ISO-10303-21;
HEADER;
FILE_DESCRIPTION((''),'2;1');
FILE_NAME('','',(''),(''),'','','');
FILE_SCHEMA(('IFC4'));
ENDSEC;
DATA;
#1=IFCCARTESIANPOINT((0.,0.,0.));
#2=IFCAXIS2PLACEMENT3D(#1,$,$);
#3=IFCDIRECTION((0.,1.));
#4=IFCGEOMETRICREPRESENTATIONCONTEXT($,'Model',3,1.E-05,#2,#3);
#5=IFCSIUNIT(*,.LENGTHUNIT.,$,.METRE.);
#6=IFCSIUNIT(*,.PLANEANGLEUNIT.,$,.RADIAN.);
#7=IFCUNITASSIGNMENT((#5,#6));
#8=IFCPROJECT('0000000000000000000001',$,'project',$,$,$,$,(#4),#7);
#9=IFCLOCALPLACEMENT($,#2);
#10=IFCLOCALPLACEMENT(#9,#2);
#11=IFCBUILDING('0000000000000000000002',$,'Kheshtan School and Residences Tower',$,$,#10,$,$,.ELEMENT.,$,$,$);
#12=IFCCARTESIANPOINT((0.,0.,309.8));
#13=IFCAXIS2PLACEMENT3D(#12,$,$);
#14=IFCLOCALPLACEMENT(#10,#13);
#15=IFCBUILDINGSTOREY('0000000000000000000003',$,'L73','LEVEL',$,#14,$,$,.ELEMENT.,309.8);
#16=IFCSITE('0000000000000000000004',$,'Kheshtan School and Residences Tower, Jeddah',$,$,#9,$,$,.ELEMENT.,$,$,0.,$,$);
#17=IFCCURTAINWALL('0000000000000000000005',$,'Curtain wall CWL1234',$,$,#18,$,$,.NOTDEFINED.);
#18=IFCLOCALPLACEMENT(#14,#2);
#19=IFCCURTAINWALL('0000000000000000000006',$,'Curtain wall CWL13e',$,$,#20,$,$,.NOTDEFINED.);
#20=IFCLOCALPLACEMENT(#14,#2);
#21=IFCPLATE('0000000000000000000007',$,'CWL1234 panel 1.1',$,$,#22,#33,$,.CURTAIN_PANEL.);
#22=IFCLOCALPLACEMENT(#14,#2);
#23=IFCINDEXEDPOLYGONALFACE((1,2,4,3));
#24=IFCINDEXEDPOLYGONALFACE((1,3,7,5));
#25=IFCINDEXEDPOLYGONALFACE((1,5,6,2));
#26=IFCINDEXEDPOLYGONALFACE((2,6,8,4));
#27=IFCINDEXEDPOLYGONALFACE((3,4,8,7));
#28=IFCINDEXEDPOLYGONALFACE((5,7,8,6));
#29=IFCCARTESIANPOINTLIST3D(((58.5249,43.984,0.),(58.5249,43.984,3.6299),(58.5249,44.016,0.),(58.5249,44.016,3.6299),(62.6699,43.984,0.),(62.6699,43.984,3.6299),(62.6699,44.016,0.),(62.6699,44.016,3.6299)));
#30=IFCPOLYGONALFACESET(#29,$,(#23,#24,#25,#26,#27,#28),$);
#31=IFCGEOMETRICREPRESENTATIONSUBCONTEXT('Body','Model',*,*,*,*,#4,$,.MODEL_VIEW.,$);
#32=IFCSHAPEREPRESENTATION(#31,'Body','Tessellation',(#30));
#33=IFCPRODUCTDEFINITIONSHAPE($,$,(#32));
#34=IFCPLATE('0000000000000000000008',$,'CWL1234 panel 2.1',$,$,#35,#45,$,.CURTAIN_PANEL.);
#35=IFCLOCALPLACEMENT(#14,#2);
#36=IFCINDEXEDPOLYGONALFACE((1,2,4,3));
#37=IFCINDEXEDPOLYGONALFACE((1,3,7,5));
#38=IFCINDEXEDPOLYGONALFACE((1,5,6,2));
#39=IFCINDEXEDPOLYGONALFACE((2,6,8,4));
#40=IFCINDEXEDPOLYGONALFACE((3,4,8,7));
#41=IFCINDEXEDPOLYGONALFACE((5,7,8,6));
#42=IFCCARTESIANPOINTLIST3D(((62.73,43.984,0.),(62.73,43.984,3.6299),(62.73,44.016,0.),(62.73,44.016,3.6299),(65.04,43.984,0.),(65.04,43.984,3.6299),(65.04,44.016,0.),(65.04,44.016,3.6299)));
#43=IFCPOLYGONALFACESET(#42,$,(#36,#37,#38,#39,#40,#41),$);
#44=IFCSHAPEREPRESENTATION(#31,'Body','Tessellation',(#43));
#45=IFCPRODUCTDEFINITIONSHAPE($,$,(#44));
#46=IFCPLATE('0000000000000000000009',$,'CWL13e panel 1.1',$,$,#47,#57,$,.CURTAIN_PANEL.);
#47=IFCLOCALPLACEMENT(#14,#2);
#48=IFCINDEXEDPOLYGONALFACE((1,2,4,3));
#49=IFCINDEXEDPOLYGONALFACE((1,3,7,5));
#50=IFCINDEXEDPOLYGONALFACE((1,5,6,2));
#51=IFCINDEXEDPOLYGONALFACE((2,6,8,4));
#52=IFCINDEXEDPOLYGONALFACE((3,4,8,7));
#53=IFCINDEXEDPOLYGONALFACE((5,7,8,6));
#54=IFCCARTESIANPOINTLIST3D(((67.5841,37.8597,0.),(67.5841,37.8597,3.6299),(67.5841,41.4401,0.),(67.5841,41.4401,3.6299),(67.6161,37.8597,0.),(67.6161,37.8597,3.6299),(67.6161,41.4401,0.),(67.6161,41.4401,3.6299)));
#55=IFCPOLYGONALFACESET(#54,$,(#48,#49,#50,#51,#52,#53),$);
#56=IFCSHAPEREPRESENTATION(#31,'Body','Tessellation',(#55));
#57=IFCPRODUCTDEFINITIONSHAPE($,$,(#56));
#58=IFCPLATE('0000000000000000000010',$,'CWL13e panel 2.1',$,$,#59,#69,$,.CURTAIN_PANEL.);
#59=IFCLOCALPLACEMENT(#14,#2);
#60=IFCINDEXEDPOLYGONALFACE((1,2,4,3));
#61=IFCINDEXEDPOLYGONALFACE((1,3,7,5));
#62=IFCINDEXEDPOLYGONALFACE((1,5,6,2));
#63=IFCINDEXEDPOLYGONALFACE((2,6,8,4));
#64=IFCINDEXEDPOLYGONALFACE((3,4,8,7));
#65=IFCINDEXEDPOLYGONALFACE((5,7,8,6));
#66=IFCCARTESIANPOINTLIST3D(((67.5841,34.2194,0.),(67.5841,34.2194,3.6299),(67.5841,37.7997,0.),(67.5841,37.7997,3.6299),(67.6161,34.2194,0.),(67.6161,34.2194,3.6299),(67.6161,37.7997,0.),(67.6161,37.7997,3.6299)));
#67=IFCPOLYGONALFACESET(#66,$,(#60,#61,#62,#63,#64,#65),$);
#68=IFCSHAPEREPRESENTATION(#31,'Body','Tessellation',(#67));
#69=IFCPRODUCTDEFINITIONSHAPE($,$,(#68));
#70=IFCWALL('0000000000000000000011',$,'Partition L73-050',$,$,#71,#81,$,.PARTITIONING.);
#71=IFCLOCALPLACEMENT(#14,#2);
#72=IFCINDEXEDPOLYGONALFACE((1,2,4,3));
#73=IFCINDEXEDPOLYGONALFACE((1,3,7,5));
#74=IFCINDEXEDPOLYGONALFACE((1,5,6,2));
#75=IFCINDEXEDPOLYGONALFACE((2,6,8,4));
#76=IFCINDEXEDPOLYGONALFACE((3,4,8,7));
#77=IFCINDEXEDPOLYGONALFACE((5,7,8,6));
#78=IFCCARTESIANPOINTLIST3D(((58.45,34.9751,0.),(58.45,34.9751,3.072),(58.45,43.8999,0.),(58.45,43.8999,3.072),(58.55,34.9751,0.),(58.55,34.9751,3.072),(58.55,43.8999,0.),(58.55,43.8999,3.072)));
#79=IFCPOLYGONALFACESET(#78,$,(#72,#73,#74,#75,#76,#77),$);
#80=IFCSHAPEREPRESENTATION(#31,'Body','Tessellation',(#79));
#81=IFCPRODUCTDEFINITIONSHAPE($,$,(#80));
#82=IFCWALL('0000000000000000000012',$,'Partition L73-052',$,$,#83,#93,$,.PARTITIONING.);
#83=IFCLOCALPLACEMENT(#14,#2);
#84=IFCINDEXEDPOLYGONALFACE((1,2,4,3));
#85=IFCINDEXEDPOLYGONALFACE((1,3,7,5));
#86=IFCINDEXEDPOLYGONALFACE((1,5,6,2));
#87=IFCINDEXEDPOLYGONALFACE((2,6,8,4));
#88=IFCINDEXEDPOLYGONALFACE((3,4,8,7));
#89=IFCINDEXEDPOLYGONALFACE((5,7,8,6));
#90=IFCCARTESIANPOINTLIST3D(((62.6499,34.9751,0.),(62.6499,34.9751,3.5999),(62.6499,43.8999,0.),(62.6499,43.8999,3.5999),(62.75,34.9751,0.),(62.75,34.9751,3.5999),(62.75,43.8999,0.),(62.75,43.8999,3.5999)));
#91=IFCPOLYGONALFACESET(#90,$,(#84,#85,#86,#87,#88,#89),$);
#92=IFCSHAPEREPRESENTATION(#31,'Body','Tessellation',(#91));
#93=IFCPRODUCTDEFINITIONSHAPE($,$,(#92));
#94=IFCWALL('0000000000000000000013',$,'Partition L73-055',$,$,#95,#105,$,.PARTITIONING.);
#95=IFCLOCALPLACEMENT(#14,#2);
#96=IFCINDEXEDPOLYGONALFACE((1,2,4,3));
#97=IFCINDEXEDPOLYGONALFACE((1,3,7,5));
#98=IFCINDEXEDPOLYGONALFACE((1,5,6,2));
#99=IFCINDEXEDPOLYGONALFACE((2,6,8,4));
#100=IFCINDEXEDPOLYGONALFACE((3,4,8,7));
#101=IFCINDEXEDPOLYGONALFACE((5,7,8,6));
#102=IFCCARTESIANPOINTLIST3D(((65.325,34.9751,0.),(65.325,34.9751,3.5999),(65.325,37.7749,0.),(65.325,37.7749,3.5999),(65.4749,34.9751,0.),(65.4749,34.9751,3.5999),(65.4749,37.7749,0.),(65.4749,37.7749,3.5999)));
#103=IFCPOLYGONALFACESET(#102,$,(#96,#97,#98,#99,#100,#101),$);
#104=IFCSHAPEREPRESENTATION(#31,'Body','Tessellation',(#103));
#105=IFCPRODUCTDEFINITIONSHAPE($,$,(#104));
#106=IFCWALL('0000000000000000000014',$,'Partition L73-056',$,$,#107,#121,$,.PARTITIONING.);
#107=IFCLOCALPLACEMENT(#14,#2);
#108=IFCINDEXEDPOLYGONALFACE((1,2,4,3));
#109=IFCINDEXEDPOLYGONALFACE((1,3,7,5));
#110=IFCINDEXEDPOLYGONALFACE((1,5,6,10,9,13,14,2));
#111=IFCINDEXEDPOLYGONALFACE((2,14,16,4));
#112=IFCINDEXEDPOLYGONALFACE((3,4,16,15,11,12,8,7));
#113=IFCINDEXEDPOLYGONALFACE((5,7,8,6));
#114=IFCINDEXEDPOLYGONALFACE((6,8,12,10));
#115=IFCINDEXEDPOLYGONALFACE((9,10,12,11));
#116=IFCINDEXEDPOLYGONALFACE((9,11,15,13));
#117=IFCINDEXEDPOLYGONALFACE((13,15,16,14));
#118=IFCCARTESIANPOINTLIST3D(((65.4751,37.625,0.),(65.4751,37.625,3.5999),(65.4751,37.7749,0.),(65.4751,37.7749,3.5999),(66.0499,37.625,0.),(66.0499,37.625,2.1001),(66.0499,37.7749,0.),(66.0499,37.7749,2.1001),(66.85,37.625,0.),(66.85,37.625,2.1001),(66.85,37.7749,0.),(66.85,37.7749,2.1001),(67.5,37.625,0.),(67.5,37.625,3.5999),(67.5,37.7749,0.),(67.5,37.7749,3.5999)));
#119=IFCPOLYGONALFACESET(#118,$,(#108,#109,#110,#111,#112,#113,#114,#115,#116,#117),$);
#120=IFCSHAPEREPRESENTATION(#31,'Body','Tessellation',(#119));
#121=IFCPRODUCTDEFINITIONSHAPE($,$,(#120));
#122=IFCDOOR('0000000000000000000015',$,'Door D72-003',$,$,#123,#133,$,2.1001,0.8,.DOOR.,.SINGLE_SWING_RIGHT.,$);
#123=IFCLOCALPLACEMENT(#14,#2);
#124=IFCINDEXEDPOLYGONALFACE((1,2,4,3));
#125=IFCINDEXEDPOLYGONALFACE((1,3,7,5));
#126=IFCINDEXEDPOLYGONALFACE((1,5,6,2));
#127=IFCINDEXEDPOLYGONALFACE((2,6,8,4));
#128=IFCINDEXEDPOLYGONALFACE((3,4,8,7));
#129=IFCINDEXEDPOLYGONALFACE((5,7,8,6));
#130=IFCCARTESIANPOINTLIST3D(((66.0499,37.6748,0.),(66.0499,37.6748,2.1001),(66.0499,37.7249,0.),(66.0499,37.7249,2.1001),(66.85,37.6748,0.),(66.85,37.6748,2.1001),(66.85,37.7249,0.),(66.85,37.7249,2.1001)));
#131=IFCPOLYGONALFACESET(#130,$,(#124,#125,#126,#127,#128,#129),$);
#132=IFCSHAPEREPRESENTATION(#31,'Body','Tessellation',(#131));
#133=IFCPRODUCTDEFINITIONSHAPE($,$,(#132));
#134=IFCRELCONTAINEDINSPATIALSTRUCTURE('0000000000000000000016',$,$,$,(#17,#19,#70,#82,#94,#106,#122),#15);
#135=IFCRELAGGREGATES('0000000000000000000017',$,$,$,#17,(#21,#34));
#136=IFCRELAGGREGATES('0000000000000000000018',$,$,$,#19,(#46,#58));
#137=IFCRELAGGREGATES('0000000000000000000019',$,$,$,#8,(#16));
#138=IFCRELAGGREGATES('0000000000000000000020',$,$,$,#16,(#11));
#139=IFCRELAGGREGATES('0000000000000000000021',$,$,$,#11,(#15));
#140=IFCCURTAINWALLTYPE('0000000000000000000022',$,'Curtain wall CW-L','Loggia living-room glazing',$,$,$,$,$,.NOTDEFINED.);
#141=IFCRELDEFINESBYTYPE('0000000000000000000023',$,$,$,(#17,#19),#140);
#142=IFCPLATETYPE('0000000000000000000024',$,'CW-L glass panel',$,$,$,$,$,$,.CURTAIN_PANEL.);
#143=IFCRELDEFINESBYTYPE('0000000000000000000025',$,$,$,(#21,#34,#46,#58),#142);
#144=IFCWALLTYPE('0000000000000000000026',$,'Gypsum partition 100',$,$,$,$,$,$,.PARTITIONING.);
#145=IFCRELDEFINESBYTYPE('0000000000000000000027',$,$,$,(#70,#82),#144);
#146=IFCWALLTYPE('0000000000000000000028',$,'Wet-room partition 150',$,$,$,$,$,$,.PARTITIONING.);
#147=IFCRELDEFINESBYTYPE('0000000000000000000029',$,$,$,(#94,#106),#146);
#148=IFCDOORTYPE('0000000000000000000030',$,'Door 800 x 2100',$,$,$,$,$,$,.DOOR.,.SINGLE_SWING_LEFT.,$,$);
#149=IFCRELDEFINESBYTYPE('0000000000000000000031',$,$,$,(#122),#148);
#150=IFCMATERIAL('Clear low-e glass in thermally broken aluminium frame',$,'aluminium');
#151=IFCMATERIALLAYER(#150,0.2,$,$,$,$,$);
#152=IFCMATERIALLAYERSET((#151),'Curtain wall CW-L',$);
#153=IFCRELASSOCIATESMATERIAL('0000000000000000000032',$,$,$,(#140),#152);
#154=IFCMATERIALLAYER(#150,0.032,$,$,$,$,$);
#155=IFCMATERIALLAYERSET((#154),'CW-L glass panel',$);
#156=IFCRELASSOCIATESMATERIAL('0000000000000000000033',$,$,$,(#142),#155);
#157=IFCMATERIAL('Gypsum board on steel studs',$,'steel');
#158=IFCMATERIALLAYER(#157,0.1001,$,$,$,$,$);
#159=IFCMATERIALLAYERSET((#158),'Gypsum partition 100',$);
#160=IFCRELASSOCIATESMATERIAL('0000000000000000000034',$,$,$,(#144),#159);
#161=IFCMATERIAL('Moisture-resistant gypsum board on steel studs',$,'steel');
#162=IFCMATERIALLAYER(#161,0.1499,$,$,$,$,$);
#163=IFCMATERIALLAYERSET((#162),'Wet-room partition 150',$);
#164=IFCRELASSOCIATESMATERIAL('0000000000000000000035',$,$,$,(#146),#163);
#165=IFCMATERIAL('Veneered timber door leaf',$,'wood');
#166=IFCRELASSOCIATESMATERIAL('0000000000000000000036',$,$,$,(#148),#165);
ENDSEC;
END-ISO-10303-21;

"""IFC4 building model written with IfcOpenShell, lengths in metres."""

from ifc_helpers import new_model, si_unit, direction, frame, frame_2d, origin, origin_2d, place, context, subcontext, project, spatial, rectangle, extrude, source, transform, mapped, material, layer, layer_set, type_object, element, fill, aggregate, save


model = new_model("IFC4")

# Units and contexts
model_context = context("Model", 3, precision=1e-05, world=origin(), true_north=direction((0.0, 1.0)))
body_context = subcontext(model_context, "Body", "Model", "MODEL_VIEW")
ifc_project = project(units=[si_unit("LENGTHUNIT", "METRE"), si_unit("PLANEANGLEUNIT", "RADIAN")], contexts=[model_context])

# Site, building, storey
site_placement = place(None, origin())
site = spatial("IfcSite", under=ifc_project, at=site_placement, Name="Kheshtan School and Residences Tower, Jeddah", CompositionType="ELEMENT", RefElevation=0.0)
building_placement = place(site_placement, origin())
building = spatial("IfcBuilding", under=site, at=building_placement, Name="Kheshtan School and Residences Tower", CompositionType="ELEMENT")
storey_placement = place(building_placement, frame((0.0, 0.0, 309.8)))
storey = spatial("IfcBuildingStorey", under=building, at=storey_placement, Name="L73", Description="LEVEL", CompositionType="ELEMENT", Elevation=309.8)

# Curtain walls
ifc_material_1 = material(Name="Clear low-e glass in thermally broken aluminium frame", Category="aluminium")
ifc_layer_1 = layer(ifc_material_1, 0.2)
ifc_layer_set_1 = layer_set([ifc_layer_1], Name="Curtain wall CW-L")
curtain_wall_type = type_object("IfcCurtainWallType", Name="Curtain wall CW-L", Description="Loggia living-room glazing", PredefinedType="NOTDEFINED", material=ifc_layer_set_1)
curtain_wall_1_placement = place(storey_placement, origin())
curtain_wall_1 = element("IfcCurtainWall", 1, at=curtain_wall_1_placement, inside=storey, type_object=curtain_wall_type, Name="Curtain wall CWL1234", PredefinedType="NOTDEFINED")
curtain_wall_2_placement = place(storey_placement, origin())
curtain_wall_2 = element("IfcCurtainWall", 2, at=curtain_wall_2_placement, inside=storey, type_object=curtain_wall_type, Name="Curtain wall CWL13e", PredefinedType="NOTDEFINED")

# Plates
ifc_layer_2 = layer(ifc_material_1, 0.032)
ifc_layer_set_2 = layer_set([ifc_layer_2], Name="CW-L glass panel")
plate_type = type_object("IfcPlateType", Name="CW-L glass panel", PredefinedType="CURTAIN_PANEL", material=ifc_layer_set_2)
plate_1_placement = place(storey_placement, frame((60.5974, 44.0, 0.0), z_axis=(0.0, 0.0, 1.0), x_axis=(1.0, 0.0, 0.0)))
plate_1 = element("IfcPlate", 3, at=plate_1_placement, type_object=plate_type, Name="CWL1234 panel 1.1", PredefinedType="CURTAIN_PANEL", context=body_context, shape_type="SweptSolid", body=[
    extrude(rectangle(XDim=4.145, YDim=0.032, at=origin_2d()), origin(), (0.0, 0.0, 1.0), 3.6299),
])
plate_2_placement = place(storey_placement, frame((63.885, 44.0, 0.0), z_axis=(0.0, 0.0, 1.0), x_axis=(1.0, 0.0, 0.0)))
plate_2 = element("IfcPlate", 4, at=plate_2_placement, type_object=plate_type, Name="CWL1234 panel 2.1", PredefinedType="CURTAIN_PANEL", context=body_context, shape_type="SweptSolid", body=[
    extrude(rectangle(XDim=2.3101, YDim=0.032, at=origin_2d()), origin(), (0.0, 0.0, 1.0), 3.6299),
])
aggregate(curtain_wall_1, [plate_1, plate_2])
plate_3_placement = place(storey_placement, frame((67.6001, 39.6499, 0.0), z_axis=(0.0, 0.0, 1.0), x_axis=(0.0, -1.0, 0.0)))
plate_3 = element("IfcPlate", 5, at=plate_3_placement, type_object=plate_type, Name="CWL13e panel 1.1", PredefinedType="CURTAIN_PANEL", context=body_context, shape_type="SweptSolid", body=[
    extrude(rectangle(XDim=3.5803, YDim=0.032, at=origin_2d()), origin(), (0.0, 0.0, 1.0), 3.6299),
])
plate_4_placement = place(storey_placement, frame((67.6001, 36.0095, 0.0), z_axis=(0.0, 0.0, 1.0), x_axis=(0.0, -1.0, 0.0)))
plate_4 = element("IfcPlate", 6, at=plate_4_placement, type_object=plate_type, Name="CWL13e panel 2.1", PredefinedType="CURTAIN_PANEL", context=body_context, shape_type="SweptSolid", body=[
    extrude(rectangle(XDim=3.5803, YDim=0.032, at=origin_2d()), origin(), (0.0, 0.0, 1.0), 3.6299),
])
aggregate(curtain_wall_2, [plate_3, plate_4])

# Walls
ifc_material_2 = material(Name="Gypsum board on steel studs", Category="steel")
ifc_layer_3 = layer(ifc_material_2, 0.1001)
ifc_layer_set_3 = layer_set([ifc_layer_3], Name="Gypsum partition 100")
wall_type_1 = type_object("IfcWallType", Name="Gypsum partition 100", PredefinedType="PARTITIONING", material=ifc_layer_set_3)
wall_1_placement = place(storey_placement, frame((58.5, 34.9751, 0.0), z_axis=(0.0, 0.0, 1.0), x_axis=(0.0, 1.0, 0.0)))
element("IfcWall", 7, at=wall_1_placement, inside=storey, type_object=wall_type_1, Name="Partition L73-050", PredefinedType="PARTITIONING", context=body_context, shape_type="SweptSolid", body=[
    extrude(rectangle(XDim=8.9248, YDim=0.1001, at=frame_2d((4.4624, 0.0))), origin(), (0.0, 0.0, 1.0), 3.072),
])
wall_2_placement = place(storey_placement, frame((62.7, 34.9751, 0.0), z_axis=(0.0, 0.0, 1.0), x_axis=(0.0, 1.0, 0.0)))
element("IfcWall", 8, at=wall_2_placement, inside=storey, type_object=wall_type_1, Name="Partition L73-052", PredefinedType="PARTITIONING", context=body_context, shape_type="SweptSolid", body=[
    extrude(rectangle(XDim=8.9248, YDim=0.1001, at=frame_2d((4.4624, 0.0))), origin(), (0.0, 0.0, 1.0), 3.5999),
])
ifc_material_3 = material(Name="Moisture-resistant gypsum board on steel studs", Category="steel")
ifc_layer_4 = layer(ifc_material_3, 0.1499)
ifc_layer_set_4 = layer_set([ifc_layer_4], Name="Wet-room partition 150")
wall_type_2 = type_object("IfcWallType", Name="Wet-room partition 150", PredefinedType="PARTITIONING", material=ifc_layer_set_4)
wall_3_placement = place(storey_placement, frame((65.3999, 34.9751, 0.0), z_axis=(0.0, 0.0, 1.0), x_axis=(0.0, 1.0, 0.0)))
element("IfcWall", 9, at=wall_3_placement, inside=storey, type_object=wall_type_2, Name="Partition L73-055", PredefinedType="PARTITIONING", context=body_context, shape_type="SweptSolid", body=[
    extrude(rectangle(XDim=2.7998, YDim=0.1499, at=frame_2d((1.3999, 0.0))), origin(), (0.0, 0.0, 1.0), 3.5999),
])

# Wall, opening, door
wall_4_placement = place(storey_placement, frame((65.4751, 37.7, 0.0), z_axis=(0.0, 0.0, 1.0), x_axis=(1.0, 0.0, 0.0)))
wall_4 = element("IfcWall", 10, at=wall_4_placement, inside=storey, type_object=wall_type_2, Name="Partition L73-056", PredefinedType="PARTITIONING", context=body_context, shape_type="SweptSolid", body=[
    extrude(rectangle(XDim=2.0249, YDim=0.1499, at=frame_2d((1.0125, 0.0))), origin(), (0.0, 0.0, 1.0), 3.5999),
])
opening_1_placement = place(wall_4_placement, frame((0.575, 0.0, 0.0)))
opening_1 = element("IfcOpeningElement", 11, at=opening_1_placement, cuts=wall_4, PredefinedType="OPENING", context=body_context, shape_type="SweptSolid", body=[
    extrude(rectangle(XDim=0.8, YDim=2.1001, at=frame_2d((0.3999, 1.05))), frame((0.0, 0.085, 0.0), z_axis=(0.0, -1.0, 0.0), x_axis=(1.0, 0.0, 0.0)), (0.0, 0.0, 1.0), 0.1699),
])
ifc_material_4 = material(Name="Veneered timber door leaf", Category="wood")
door_type_1 = type_object("IfcDoorType", Name="Door 800 x 2100", OperationType="SINGLE_SWING_LEFT", PredefinedType="DOOR", material=ifc_material_4)
shared_shape_1 = source(origin(), body_context, "Body", "SweptSolid", [
    extrude(rectangle(XDim=0.8, YDim=2.1001, at=frame_2d((0.3999, 1.05))), frame((0.0, 0.0249, 0.0), z_axis=(0.0, -1.0, 0.0), x_axis=(1.0, 0.0, 0.0)), (0.0, 0.0, 1.0), 0.05),
])
door_1_placement = place(opening_1_placement, origin())
door_1 = element("IfcDoor", 12, at=door_1_placement, inside=storey, type_object=door_type_1, Name="Door D72-003", OperationType="SINGLE_SWING_RIGHT", OverallHeight=2.1001, OverallWidth=0.8, PredefinedType="DOOR", context=body_context, shape_type="MappedRepresentation", body=[
    mapped(shared_shape_1, transform((0.0, 0.0, 0.0), x_axis=(1.0, 0.0, 0.0), y_axis=(0.0, 1.0, 0.0), z_axis=(0.0, 0.0, 1.0), scale=1.0)),
])
fill(opening_1, door_1)

save(model, "model.ifc")
